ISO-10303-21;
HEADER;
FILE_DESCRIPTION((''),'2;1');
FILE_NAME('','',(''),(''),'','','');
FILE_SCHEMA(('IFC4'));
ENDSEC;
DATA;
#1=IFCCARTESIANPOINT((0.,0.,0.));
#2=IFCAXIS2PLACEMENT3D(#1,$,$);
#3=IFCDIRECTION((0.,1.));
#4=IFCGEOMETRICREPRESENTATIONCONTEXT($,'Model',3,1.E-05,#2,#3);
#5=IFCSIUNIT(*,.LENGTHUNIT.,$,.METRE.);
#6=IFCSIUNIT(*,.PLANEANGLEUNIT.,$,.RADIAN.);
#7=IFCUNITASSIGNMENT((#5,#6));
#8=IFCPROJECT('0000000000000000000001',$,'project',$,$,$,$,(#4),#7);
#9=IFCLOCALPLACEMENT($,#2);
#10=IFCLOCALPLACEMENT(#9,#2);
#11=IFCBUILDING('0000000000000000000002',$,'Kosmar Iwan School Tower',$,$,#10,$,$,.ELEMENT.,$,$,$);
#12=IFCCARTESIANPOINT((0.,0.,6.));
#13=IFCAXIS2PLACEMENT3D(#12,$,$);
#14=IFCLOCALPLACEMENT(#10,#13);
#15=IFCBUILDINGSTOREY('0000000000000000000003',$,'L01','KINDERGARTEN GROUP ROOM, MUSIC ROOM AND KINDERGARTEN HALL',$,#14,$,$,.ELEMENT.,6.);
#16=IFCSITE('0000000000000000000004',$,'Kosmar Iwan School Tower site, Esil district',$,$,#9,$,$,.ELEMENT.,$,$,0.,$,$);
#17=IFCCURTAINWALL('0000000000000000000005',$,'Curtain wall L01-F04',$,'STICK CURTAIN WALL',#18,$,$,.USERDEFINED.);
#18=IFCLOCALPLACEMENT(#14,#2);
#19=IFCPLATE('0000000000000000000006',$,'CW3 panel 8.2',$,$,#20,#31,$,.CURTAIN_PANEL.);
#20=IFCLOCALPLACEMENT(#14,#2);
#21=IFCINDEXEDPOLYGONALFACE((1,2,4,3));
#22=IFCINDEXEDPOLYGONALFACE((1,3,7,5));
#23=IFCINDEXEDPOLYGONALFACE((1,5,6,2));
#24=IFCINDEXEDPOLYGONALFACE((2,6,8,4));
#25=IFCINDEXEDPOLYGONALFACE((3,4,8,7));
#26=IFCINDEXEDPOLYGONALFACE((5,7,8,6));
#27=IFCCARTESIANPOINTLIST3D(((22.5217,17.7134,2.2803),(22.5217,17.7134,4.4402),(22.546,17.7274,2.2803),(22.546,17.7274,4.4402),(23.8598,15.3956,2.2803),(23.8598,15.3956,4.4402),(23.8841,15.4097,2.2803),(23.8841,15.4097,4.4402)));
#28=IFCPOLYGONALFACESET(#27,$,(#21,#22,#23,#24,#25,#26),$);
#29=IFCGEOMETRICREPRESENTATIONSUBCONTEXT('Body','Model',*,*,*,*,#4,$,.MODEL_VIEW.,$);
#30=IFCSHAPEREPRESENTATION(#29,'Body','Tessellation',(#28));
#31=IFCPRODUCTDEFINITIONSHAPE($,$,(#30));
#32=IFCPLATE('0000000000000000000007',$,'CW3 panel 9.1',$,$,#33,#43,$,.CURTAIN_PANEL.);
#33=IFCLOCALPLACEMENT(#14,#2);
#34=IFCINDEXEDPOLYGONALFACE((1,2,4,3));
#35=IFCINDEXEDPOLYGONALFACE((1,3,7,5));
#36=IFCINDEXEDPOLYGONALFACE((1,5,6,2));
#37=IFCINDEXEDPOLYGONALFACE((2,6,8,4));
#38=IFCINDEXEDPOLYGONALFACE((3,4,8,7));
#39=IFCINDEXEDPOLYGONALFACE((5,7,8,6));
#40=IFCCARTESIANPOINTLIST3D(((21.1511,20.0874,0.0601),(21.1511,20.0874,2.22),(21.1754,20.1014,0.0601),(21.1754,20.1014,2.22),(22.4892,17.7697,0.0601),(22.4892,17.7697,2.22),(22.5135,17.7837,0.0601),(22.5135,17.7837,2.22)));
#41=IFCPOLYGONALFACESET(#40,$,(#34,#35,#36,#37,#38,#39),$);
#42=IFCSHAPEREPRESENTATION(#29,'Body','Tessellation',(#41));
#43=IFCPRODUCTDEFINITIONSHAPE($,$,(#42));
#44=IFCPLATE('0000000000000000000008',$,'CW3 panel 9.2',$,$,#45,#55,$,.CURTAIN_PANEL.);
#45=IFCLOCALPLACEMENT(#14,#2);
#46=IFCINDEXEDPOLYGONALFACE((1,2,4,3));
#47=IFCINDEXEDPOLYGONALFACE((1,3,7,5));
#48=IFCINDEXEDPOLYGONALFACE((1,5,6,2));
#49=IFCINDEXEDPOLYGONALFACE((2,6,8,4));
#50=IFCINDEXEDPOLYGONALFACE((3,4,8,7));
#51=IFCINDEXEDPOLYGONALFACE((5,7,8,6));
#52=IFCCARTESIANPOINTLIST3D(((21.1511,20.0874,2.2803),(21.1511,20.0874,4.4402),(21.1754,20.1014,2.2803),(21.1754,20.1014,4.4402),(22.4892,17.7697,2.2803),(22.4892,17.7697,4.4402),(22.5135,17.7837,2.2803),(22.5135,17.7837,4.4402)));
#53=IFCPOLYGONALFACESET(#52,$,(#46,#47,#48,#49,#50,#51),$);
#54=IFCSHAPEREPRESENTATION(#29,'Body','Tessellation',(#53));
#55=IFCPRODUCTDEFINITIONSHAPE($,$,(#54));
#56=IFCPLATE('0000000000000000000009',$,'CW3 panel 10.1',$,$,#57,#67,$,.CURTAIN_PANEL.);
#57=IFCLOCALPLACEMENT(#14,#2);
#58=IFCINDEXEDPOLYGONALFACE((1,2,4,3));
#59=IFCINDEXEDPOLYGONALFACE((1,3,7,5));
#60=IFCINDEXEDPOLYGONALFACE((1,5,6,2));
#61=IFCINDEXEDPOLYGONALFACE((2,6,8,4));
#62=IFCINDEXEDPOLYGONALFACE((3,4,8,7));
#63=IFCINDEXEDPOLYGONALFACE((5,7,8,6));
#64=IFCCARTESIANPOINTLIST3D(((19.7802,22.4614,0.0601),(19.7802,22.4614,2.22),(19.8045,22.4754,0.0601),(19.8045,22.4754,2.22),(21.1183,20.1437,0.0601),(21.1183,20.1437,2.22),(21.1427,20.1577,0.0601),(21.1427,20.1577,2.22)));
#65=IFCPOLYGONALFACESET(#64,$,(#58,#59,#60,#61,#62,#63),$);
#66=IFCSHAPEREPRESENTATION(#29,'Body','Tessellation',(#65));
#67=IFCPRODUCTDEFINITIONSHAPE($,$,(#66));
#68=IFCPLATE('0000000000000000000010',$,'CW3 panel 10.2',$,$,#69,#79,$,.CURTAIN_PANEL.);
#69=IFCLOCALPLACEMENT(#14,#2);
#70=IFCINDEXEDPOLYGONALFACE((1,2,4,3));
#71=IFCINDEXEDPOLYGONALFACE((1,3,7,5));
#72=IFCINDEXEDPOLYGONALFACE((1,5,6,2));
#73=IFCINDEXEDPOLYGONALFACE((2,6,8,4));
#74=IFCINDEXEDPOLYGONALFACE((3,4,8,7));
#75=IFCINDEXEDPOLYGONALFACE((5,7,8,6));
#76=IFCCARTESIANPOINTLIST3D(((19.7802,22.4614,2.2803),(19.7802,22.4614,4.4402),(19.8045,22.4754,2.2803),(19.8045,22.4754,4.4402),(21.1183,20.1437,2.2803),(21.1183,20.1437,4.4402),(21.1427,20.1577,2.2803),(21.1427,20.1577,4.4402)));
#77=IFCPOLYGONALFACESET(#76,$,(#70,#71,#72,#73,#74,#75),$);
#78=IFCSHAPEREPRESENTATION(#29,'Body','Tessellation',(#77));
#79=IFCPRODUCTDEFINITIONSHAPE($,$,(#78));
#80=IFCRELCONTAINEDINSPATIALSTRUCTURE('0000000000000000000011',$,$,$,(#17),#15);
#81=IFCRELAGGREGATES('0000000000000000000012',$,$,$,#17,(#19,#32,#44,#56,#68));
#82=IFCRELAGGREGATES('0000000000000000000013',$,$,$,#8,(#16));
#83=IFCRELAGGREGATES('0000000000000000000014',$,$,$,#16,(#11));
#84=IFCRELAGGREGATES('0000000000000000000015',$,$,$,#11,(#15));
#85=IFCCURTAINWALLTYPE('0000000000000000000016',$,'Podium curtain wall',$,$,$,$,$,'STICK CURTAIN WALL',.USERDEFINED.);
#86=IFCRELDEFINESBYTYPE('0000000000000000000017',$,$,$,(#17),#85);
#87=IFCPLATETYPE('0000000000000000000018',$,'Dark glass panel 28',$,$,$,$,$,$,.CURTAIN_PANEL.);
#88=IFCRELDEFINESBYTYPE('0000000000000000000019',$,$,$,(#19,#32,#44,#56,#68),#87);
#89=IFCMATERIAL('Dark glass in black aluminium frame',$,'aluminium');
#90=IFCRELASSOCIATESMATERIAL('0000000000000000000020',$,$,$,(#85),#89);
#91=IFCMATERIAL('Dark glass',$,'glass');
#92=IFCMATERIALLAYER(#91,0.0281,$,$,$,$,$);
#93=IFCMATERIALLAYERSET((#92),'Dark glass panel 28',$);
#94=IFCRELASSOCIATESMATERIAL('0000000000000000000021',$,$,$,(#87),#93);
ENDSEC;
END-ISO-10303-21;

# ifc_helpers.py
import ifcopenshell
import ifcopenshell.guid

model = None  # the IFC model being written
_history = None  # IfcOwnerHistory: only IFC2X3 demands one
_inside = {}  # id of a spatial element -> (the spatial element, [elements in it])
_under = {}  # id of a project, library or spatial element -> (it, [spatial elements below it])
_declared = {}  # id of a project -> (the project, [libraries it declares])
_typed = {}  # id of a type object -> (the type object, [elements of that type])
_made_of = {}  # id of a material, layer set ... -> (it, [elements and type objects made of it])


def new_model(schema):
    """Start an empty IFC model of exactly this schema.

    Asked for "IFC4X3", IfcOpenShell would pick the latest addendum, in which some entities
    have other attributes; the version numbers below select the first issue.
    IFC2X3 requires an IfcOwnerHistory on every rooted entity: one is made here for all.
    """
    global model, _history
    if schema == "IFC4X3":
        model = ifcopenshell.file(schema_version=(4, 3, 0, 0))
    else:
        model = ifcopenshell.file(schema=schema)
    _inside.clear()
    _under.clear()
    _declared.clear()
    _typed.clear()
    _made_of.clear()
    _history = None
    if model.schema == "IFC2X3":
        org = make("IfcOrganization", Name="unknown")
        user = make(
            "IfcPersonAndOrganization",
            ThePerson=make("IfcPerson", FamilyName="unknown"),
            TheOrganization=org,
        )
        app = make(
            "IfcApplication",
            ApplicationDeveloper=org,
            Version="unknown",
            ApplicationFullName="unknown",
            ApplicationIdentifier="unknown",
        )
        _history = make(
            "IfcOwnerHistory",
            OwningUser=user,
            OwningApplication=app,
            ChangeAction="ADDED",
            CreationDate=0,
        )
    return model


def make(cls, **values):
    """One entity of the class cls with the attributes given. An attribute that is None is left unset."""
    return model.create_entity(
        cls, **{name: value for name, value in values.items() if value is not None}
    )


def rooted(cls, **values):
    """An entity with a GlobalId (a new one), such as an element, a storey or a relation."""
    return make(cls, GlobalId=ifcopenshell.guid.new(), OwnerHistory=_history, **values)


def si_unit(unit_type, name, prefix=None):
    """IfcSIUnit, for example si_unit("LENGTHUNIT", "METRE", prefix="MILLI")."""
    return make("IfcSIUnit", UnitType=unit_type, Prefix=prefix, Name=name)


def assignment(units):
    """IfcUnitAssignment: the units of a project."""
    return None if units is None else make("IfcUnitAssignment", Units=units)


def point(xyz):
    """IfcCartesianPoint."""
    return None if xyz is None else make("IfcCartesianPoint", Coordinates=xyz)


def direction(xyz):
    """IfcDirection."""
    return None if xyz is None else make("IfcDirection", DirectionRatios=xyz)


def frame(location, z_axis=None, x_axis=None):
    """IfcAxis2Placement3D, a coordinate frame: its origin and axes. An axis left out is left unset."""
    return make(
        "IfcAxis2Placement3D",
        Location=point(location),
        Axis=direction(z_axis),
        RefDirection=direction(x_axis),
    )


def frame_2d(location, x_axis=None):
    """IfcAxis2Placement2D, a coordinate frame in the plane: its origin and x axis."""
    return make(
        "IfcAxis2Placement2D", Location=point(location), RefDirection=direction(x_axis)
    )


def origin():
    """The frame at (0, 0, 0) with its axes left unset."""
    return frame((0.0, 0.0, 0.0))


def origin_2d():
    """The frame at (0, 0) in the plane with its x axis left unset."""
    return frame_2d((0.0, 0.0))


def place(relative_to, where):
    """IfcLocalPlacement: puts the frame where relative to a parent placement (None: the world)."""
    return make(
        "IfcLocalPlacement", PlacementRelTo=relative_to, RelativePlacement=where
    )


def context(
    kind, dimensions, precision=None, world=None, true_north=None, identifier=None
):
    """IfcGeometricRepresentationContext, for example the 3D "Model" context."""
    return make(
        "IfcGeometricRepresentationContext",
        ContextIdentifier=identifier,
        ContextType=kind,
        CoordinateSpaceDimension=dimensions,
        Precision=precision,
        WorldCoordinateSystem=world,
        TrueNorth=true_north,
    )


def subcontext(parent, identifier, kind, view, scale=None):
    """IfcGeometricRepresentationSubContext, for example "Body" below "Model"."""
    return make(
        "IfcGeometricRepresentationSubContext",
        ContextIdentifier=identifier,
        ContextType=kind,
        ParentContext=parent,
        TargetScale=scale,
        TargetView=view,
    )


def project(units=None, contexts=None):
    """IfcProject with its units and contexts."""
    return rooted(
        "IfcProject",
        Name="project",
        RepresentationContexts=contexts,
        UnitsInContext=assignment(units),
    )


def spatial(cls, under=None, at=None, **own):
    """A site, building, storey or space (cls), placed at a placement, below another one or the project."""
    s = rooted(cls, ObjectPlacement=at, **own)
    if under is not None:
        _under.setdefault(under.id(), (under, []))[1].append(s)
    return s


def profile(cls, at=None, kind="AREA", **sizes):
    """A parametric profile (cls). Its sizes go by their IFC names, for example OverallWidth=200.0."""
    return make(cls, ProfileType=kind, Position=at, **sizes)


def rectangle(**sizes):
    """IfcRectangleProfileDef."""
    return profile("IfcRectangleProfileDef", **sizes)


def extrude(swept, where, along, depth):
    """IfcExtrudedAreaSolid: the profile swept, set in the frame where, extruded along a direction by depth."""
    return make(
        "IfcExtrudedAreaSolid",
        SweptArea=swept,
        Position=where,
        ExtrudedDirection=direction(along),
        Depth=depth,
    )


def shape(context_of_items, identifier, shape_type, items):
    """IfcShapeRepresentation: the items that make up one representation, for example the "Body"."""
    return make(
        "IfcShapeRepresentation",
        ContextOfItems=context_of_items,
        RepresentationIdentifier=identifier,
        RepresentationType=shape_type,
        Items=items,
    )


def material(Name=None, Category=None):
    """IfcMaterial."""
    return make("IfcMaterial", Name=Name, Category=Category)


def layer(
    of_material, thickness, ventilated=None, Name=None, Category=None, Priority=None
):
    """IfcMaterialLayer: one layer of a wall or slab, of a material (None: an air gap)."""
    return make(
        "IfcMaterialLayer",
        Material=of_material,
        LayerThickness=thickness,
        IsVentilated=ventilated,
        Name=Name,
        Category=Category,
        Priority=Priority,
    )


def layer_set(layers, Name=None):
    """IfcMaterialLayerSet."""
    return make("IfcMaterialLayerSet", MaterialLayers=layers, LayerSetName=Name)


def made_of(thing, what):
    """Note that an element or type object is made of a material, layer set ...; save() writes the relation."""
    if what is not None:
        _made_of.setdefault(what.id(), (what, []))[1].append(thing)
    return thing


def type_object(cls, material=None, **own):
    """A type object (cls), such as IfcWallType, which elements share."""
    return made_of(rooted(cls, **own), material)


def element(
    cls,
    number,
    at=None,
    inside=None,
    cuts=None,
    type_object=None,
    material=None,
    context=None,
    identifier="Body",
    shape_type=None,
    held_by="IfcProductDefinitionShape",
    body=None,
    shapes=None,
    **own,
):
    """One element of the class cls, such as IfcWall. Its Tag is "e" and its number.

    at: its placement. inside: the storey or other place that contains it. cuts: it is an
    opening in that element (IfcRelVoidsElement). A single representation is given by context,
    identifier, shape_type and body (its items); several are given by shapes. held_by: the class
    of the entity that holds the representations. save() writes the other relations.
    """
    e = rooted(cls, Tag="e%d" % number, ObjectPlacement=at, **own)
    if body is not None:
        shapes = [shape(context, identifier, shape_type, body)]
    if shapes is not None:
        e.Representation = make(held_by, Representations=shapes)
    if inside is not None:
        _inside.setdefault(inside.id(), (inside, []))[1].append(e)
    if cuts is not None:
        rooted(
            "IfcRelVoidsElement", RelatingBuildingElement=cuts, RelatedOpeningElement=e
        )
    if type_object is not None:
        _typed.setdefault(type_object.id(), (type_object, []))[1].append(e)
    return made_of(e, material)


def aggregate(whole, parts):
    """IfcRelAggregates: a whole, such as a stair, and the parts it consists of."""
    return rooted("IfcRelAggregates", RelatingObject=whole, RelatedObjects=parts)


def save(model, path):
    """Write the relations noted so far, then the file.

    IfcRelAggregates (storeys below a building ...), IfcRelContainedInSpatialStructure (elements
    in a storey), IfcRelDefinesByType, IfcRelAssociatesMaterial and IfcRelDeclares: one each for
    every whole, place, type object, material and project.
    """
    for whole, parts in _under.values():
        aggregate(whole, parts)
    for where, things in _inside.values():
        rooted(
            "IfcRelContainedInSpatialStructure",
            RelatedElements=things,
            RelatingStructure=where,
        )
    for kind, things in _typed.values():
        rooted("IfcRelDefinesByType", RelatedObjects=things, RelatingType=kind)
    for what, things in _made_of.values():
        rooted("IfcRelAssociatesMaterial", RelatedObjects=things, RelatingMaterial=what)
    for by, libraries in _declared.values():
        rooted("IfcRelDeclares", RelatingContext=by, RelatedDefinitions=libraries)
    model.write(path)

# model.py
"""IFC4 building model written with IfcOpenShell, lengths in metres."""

from ifc_helpers import new_model, si_unit, direction, frame, origin, origin_2d, place, context, subcontext, project, spatial, rectangle, extrude, material, layer, layer_set, type_object, element, aggregate, save


model = new_model("IFC4")

# Units and contexts
model_context = context("Model", 3, precision=1e-05, world=origin(), true_north=direction((0.0, 1.0)))
body_context = subcontext(model_context, "Body", "Model", "MODEL_VIEW")
ifc_project = project(units=[si_unit("LENGTHUNIT", "METRE"), si_unit("PLANEANGLEUNIT", "RADIAN")], contexts=[model_context])

# Site, building, storey
site_placement = place(None, origin())
site = spatial("IfcSite", under=ifc_project, at=site_placement, Name="Kosmar Iwan School Tower site, Esil district", CompositionType="ELEMENT", RefElevation=0.0)
building_placement = place(site_placement, origin())
building = spatial("IfcBuilding", under=site, at=building_placement, Name="Kosmar Iwan School Tower", CompositionType="ELEMENT")
storey_placement = place(building_placement, frame((0.0, 0.0, 6.0)))
storey = spatial("IfcBuildingStorey", under=building, at=storey_placement, Name="L01", Description="KINDERGARTEN GROUP ROOM, MUSIC ROOM AND KINDERGARTEN HALL", CompositionType="ELEMENT", Elevation=6.0)

# Curtain wall, plates
ifc_material_1 = material(Name="Dark glass in black aluminium frame", Category="aluminium")
curtain_wall_type = type_object("IfcCurtainWallType", Name="Podium curtain wall", ElementType="STICK CURTAIN WALL", PredefinedType="USERDEFINED", material=ifc_material_1)
curtain_wall_placement = place(storey_placement, origin())
curtain_wall = element("IfcCurtainWall", 1, at=curtain_wall_placement, inside=storey, type_object=curtain_wall_type, Name="Curtain wall L01-F04", ObjectType="STICK CURTAIN WALL", PredefinedType="USERDEFINED")
ifc_material_2 = material(Name="Dark glass", Category="glass")
ifc_layer = layer(ifc_material_2, 0.0281)
ifc_layer_set = layer_set([ifc_layer], Name="Dark glass panel 28")
plate_type = type_object("IfcPlateType", Name="Dark glass panel 28", PredefinedType="CURTAIN_PANEL", material=ifc_layer_set)
plate_1_placement = place(storey_placement, frame((23.2029, 16.5615, 2.2803), z_axis=(0.0, 0.0, 1.0), x_axis=(-0.5, 0.866025, 0.0)))
plate_1 = element("IfcPlate", 2, at=plate_1_placement, type_object=plate_type, Name="CW3 panel 8.2", PredefinedType="CURTAIN_PANEL", context=body_context, shape_type="SweptSolid", body=[
    extrude(rectangle(XDim=2.6763, YDim=0.0281, at=origin_2d()), origin(), (0.0, 0.0, 1.0), 2.1599),
])
plate_2_placement = place(storey_placement, frame((21.8323, 18.9355, 0.0601), z_axis=(0.0, 0.0, 1.0), x_axis=(-0.5, 0.866025, 0.0)))
plate_2 = element("IfcPlate", 3, at=plate_2_placement, type_object=plate_type, Name="CW3 panel 9.1", PredefinedType="CURTAIN_PANEL", context=body_context, shape_type="SweptSolid", body=[
    extrude(rectangle(XDim=2.6763, YDim=0.0281, at=origin_2d()), origin(), (0.0, 0.0, 1.0), 2.1599),
])
plate_3_placement = place(storey_placement, frame((21.8323, 18.9355, 2.2803), z_axis=(0.0, 0.0, 1.0), x_axis=(-0.5, 0.866025, 0.0)))
plate_3 = element("IfcPlate", 4, at=plate_3_placement, type_object=plate_type, Name="CW3 panel 9.2", PredefinedType="CURTAIN_PANEL", context=body_context, shape_type="SweptSolid", body=[
    extrude(rectangle(XDim=2.6763, YDim=0.0281, at=origin_2d()), origin(), (0.0, 0.0, 1.0), 2.1599),
])
plate_4_placement = place(storey_placement, frame((20.4614, 21.3096, 0.0601), z_axis=(0.0, 0.0, 1.0), x_axis=(-0.5, 0.866025, 0.0)))
plate_4 = element("IfcPlate", 5, at=plate_4_placement, type_object=plate_type, Name="CW3 panel 10.1", PredefinedType="CURTAIN_PANEL", context=body_context, shape_type="SweptSolid", body=[
    extrude(rectangle(XDim=2.6763, YDim=0.0281, at=origin_2d()), origin(), (0.0, 0.0, 1.0), 2.1599),
])
plate_5_placement = place(storey_placement, frame((20.4614, 21.3096, 2.2803), z_axis=(0.0, 0.0, 1.0), x_axis=(-0.5, 0.866025, 0.0)))
plate_5 = element("IfcPlate", 6, at=plate_5_placement, type_object=plate_type, Name="CW3 panel 10.2", PredefinedType="CURTAIN_PANEL", context=body_context, shape_type="SweptSolid", body=[
    extrude(rectangle(XDim=2.6763, YDim=0.0281, at=origin_2d()), origin(), (0.0, 0.0, 1.0), 2.1599),
])
aggregate(curtain_wall, [plate_1, plate_2, plate_3, plate_4, plate_5])

save(model, "model.ifc")
